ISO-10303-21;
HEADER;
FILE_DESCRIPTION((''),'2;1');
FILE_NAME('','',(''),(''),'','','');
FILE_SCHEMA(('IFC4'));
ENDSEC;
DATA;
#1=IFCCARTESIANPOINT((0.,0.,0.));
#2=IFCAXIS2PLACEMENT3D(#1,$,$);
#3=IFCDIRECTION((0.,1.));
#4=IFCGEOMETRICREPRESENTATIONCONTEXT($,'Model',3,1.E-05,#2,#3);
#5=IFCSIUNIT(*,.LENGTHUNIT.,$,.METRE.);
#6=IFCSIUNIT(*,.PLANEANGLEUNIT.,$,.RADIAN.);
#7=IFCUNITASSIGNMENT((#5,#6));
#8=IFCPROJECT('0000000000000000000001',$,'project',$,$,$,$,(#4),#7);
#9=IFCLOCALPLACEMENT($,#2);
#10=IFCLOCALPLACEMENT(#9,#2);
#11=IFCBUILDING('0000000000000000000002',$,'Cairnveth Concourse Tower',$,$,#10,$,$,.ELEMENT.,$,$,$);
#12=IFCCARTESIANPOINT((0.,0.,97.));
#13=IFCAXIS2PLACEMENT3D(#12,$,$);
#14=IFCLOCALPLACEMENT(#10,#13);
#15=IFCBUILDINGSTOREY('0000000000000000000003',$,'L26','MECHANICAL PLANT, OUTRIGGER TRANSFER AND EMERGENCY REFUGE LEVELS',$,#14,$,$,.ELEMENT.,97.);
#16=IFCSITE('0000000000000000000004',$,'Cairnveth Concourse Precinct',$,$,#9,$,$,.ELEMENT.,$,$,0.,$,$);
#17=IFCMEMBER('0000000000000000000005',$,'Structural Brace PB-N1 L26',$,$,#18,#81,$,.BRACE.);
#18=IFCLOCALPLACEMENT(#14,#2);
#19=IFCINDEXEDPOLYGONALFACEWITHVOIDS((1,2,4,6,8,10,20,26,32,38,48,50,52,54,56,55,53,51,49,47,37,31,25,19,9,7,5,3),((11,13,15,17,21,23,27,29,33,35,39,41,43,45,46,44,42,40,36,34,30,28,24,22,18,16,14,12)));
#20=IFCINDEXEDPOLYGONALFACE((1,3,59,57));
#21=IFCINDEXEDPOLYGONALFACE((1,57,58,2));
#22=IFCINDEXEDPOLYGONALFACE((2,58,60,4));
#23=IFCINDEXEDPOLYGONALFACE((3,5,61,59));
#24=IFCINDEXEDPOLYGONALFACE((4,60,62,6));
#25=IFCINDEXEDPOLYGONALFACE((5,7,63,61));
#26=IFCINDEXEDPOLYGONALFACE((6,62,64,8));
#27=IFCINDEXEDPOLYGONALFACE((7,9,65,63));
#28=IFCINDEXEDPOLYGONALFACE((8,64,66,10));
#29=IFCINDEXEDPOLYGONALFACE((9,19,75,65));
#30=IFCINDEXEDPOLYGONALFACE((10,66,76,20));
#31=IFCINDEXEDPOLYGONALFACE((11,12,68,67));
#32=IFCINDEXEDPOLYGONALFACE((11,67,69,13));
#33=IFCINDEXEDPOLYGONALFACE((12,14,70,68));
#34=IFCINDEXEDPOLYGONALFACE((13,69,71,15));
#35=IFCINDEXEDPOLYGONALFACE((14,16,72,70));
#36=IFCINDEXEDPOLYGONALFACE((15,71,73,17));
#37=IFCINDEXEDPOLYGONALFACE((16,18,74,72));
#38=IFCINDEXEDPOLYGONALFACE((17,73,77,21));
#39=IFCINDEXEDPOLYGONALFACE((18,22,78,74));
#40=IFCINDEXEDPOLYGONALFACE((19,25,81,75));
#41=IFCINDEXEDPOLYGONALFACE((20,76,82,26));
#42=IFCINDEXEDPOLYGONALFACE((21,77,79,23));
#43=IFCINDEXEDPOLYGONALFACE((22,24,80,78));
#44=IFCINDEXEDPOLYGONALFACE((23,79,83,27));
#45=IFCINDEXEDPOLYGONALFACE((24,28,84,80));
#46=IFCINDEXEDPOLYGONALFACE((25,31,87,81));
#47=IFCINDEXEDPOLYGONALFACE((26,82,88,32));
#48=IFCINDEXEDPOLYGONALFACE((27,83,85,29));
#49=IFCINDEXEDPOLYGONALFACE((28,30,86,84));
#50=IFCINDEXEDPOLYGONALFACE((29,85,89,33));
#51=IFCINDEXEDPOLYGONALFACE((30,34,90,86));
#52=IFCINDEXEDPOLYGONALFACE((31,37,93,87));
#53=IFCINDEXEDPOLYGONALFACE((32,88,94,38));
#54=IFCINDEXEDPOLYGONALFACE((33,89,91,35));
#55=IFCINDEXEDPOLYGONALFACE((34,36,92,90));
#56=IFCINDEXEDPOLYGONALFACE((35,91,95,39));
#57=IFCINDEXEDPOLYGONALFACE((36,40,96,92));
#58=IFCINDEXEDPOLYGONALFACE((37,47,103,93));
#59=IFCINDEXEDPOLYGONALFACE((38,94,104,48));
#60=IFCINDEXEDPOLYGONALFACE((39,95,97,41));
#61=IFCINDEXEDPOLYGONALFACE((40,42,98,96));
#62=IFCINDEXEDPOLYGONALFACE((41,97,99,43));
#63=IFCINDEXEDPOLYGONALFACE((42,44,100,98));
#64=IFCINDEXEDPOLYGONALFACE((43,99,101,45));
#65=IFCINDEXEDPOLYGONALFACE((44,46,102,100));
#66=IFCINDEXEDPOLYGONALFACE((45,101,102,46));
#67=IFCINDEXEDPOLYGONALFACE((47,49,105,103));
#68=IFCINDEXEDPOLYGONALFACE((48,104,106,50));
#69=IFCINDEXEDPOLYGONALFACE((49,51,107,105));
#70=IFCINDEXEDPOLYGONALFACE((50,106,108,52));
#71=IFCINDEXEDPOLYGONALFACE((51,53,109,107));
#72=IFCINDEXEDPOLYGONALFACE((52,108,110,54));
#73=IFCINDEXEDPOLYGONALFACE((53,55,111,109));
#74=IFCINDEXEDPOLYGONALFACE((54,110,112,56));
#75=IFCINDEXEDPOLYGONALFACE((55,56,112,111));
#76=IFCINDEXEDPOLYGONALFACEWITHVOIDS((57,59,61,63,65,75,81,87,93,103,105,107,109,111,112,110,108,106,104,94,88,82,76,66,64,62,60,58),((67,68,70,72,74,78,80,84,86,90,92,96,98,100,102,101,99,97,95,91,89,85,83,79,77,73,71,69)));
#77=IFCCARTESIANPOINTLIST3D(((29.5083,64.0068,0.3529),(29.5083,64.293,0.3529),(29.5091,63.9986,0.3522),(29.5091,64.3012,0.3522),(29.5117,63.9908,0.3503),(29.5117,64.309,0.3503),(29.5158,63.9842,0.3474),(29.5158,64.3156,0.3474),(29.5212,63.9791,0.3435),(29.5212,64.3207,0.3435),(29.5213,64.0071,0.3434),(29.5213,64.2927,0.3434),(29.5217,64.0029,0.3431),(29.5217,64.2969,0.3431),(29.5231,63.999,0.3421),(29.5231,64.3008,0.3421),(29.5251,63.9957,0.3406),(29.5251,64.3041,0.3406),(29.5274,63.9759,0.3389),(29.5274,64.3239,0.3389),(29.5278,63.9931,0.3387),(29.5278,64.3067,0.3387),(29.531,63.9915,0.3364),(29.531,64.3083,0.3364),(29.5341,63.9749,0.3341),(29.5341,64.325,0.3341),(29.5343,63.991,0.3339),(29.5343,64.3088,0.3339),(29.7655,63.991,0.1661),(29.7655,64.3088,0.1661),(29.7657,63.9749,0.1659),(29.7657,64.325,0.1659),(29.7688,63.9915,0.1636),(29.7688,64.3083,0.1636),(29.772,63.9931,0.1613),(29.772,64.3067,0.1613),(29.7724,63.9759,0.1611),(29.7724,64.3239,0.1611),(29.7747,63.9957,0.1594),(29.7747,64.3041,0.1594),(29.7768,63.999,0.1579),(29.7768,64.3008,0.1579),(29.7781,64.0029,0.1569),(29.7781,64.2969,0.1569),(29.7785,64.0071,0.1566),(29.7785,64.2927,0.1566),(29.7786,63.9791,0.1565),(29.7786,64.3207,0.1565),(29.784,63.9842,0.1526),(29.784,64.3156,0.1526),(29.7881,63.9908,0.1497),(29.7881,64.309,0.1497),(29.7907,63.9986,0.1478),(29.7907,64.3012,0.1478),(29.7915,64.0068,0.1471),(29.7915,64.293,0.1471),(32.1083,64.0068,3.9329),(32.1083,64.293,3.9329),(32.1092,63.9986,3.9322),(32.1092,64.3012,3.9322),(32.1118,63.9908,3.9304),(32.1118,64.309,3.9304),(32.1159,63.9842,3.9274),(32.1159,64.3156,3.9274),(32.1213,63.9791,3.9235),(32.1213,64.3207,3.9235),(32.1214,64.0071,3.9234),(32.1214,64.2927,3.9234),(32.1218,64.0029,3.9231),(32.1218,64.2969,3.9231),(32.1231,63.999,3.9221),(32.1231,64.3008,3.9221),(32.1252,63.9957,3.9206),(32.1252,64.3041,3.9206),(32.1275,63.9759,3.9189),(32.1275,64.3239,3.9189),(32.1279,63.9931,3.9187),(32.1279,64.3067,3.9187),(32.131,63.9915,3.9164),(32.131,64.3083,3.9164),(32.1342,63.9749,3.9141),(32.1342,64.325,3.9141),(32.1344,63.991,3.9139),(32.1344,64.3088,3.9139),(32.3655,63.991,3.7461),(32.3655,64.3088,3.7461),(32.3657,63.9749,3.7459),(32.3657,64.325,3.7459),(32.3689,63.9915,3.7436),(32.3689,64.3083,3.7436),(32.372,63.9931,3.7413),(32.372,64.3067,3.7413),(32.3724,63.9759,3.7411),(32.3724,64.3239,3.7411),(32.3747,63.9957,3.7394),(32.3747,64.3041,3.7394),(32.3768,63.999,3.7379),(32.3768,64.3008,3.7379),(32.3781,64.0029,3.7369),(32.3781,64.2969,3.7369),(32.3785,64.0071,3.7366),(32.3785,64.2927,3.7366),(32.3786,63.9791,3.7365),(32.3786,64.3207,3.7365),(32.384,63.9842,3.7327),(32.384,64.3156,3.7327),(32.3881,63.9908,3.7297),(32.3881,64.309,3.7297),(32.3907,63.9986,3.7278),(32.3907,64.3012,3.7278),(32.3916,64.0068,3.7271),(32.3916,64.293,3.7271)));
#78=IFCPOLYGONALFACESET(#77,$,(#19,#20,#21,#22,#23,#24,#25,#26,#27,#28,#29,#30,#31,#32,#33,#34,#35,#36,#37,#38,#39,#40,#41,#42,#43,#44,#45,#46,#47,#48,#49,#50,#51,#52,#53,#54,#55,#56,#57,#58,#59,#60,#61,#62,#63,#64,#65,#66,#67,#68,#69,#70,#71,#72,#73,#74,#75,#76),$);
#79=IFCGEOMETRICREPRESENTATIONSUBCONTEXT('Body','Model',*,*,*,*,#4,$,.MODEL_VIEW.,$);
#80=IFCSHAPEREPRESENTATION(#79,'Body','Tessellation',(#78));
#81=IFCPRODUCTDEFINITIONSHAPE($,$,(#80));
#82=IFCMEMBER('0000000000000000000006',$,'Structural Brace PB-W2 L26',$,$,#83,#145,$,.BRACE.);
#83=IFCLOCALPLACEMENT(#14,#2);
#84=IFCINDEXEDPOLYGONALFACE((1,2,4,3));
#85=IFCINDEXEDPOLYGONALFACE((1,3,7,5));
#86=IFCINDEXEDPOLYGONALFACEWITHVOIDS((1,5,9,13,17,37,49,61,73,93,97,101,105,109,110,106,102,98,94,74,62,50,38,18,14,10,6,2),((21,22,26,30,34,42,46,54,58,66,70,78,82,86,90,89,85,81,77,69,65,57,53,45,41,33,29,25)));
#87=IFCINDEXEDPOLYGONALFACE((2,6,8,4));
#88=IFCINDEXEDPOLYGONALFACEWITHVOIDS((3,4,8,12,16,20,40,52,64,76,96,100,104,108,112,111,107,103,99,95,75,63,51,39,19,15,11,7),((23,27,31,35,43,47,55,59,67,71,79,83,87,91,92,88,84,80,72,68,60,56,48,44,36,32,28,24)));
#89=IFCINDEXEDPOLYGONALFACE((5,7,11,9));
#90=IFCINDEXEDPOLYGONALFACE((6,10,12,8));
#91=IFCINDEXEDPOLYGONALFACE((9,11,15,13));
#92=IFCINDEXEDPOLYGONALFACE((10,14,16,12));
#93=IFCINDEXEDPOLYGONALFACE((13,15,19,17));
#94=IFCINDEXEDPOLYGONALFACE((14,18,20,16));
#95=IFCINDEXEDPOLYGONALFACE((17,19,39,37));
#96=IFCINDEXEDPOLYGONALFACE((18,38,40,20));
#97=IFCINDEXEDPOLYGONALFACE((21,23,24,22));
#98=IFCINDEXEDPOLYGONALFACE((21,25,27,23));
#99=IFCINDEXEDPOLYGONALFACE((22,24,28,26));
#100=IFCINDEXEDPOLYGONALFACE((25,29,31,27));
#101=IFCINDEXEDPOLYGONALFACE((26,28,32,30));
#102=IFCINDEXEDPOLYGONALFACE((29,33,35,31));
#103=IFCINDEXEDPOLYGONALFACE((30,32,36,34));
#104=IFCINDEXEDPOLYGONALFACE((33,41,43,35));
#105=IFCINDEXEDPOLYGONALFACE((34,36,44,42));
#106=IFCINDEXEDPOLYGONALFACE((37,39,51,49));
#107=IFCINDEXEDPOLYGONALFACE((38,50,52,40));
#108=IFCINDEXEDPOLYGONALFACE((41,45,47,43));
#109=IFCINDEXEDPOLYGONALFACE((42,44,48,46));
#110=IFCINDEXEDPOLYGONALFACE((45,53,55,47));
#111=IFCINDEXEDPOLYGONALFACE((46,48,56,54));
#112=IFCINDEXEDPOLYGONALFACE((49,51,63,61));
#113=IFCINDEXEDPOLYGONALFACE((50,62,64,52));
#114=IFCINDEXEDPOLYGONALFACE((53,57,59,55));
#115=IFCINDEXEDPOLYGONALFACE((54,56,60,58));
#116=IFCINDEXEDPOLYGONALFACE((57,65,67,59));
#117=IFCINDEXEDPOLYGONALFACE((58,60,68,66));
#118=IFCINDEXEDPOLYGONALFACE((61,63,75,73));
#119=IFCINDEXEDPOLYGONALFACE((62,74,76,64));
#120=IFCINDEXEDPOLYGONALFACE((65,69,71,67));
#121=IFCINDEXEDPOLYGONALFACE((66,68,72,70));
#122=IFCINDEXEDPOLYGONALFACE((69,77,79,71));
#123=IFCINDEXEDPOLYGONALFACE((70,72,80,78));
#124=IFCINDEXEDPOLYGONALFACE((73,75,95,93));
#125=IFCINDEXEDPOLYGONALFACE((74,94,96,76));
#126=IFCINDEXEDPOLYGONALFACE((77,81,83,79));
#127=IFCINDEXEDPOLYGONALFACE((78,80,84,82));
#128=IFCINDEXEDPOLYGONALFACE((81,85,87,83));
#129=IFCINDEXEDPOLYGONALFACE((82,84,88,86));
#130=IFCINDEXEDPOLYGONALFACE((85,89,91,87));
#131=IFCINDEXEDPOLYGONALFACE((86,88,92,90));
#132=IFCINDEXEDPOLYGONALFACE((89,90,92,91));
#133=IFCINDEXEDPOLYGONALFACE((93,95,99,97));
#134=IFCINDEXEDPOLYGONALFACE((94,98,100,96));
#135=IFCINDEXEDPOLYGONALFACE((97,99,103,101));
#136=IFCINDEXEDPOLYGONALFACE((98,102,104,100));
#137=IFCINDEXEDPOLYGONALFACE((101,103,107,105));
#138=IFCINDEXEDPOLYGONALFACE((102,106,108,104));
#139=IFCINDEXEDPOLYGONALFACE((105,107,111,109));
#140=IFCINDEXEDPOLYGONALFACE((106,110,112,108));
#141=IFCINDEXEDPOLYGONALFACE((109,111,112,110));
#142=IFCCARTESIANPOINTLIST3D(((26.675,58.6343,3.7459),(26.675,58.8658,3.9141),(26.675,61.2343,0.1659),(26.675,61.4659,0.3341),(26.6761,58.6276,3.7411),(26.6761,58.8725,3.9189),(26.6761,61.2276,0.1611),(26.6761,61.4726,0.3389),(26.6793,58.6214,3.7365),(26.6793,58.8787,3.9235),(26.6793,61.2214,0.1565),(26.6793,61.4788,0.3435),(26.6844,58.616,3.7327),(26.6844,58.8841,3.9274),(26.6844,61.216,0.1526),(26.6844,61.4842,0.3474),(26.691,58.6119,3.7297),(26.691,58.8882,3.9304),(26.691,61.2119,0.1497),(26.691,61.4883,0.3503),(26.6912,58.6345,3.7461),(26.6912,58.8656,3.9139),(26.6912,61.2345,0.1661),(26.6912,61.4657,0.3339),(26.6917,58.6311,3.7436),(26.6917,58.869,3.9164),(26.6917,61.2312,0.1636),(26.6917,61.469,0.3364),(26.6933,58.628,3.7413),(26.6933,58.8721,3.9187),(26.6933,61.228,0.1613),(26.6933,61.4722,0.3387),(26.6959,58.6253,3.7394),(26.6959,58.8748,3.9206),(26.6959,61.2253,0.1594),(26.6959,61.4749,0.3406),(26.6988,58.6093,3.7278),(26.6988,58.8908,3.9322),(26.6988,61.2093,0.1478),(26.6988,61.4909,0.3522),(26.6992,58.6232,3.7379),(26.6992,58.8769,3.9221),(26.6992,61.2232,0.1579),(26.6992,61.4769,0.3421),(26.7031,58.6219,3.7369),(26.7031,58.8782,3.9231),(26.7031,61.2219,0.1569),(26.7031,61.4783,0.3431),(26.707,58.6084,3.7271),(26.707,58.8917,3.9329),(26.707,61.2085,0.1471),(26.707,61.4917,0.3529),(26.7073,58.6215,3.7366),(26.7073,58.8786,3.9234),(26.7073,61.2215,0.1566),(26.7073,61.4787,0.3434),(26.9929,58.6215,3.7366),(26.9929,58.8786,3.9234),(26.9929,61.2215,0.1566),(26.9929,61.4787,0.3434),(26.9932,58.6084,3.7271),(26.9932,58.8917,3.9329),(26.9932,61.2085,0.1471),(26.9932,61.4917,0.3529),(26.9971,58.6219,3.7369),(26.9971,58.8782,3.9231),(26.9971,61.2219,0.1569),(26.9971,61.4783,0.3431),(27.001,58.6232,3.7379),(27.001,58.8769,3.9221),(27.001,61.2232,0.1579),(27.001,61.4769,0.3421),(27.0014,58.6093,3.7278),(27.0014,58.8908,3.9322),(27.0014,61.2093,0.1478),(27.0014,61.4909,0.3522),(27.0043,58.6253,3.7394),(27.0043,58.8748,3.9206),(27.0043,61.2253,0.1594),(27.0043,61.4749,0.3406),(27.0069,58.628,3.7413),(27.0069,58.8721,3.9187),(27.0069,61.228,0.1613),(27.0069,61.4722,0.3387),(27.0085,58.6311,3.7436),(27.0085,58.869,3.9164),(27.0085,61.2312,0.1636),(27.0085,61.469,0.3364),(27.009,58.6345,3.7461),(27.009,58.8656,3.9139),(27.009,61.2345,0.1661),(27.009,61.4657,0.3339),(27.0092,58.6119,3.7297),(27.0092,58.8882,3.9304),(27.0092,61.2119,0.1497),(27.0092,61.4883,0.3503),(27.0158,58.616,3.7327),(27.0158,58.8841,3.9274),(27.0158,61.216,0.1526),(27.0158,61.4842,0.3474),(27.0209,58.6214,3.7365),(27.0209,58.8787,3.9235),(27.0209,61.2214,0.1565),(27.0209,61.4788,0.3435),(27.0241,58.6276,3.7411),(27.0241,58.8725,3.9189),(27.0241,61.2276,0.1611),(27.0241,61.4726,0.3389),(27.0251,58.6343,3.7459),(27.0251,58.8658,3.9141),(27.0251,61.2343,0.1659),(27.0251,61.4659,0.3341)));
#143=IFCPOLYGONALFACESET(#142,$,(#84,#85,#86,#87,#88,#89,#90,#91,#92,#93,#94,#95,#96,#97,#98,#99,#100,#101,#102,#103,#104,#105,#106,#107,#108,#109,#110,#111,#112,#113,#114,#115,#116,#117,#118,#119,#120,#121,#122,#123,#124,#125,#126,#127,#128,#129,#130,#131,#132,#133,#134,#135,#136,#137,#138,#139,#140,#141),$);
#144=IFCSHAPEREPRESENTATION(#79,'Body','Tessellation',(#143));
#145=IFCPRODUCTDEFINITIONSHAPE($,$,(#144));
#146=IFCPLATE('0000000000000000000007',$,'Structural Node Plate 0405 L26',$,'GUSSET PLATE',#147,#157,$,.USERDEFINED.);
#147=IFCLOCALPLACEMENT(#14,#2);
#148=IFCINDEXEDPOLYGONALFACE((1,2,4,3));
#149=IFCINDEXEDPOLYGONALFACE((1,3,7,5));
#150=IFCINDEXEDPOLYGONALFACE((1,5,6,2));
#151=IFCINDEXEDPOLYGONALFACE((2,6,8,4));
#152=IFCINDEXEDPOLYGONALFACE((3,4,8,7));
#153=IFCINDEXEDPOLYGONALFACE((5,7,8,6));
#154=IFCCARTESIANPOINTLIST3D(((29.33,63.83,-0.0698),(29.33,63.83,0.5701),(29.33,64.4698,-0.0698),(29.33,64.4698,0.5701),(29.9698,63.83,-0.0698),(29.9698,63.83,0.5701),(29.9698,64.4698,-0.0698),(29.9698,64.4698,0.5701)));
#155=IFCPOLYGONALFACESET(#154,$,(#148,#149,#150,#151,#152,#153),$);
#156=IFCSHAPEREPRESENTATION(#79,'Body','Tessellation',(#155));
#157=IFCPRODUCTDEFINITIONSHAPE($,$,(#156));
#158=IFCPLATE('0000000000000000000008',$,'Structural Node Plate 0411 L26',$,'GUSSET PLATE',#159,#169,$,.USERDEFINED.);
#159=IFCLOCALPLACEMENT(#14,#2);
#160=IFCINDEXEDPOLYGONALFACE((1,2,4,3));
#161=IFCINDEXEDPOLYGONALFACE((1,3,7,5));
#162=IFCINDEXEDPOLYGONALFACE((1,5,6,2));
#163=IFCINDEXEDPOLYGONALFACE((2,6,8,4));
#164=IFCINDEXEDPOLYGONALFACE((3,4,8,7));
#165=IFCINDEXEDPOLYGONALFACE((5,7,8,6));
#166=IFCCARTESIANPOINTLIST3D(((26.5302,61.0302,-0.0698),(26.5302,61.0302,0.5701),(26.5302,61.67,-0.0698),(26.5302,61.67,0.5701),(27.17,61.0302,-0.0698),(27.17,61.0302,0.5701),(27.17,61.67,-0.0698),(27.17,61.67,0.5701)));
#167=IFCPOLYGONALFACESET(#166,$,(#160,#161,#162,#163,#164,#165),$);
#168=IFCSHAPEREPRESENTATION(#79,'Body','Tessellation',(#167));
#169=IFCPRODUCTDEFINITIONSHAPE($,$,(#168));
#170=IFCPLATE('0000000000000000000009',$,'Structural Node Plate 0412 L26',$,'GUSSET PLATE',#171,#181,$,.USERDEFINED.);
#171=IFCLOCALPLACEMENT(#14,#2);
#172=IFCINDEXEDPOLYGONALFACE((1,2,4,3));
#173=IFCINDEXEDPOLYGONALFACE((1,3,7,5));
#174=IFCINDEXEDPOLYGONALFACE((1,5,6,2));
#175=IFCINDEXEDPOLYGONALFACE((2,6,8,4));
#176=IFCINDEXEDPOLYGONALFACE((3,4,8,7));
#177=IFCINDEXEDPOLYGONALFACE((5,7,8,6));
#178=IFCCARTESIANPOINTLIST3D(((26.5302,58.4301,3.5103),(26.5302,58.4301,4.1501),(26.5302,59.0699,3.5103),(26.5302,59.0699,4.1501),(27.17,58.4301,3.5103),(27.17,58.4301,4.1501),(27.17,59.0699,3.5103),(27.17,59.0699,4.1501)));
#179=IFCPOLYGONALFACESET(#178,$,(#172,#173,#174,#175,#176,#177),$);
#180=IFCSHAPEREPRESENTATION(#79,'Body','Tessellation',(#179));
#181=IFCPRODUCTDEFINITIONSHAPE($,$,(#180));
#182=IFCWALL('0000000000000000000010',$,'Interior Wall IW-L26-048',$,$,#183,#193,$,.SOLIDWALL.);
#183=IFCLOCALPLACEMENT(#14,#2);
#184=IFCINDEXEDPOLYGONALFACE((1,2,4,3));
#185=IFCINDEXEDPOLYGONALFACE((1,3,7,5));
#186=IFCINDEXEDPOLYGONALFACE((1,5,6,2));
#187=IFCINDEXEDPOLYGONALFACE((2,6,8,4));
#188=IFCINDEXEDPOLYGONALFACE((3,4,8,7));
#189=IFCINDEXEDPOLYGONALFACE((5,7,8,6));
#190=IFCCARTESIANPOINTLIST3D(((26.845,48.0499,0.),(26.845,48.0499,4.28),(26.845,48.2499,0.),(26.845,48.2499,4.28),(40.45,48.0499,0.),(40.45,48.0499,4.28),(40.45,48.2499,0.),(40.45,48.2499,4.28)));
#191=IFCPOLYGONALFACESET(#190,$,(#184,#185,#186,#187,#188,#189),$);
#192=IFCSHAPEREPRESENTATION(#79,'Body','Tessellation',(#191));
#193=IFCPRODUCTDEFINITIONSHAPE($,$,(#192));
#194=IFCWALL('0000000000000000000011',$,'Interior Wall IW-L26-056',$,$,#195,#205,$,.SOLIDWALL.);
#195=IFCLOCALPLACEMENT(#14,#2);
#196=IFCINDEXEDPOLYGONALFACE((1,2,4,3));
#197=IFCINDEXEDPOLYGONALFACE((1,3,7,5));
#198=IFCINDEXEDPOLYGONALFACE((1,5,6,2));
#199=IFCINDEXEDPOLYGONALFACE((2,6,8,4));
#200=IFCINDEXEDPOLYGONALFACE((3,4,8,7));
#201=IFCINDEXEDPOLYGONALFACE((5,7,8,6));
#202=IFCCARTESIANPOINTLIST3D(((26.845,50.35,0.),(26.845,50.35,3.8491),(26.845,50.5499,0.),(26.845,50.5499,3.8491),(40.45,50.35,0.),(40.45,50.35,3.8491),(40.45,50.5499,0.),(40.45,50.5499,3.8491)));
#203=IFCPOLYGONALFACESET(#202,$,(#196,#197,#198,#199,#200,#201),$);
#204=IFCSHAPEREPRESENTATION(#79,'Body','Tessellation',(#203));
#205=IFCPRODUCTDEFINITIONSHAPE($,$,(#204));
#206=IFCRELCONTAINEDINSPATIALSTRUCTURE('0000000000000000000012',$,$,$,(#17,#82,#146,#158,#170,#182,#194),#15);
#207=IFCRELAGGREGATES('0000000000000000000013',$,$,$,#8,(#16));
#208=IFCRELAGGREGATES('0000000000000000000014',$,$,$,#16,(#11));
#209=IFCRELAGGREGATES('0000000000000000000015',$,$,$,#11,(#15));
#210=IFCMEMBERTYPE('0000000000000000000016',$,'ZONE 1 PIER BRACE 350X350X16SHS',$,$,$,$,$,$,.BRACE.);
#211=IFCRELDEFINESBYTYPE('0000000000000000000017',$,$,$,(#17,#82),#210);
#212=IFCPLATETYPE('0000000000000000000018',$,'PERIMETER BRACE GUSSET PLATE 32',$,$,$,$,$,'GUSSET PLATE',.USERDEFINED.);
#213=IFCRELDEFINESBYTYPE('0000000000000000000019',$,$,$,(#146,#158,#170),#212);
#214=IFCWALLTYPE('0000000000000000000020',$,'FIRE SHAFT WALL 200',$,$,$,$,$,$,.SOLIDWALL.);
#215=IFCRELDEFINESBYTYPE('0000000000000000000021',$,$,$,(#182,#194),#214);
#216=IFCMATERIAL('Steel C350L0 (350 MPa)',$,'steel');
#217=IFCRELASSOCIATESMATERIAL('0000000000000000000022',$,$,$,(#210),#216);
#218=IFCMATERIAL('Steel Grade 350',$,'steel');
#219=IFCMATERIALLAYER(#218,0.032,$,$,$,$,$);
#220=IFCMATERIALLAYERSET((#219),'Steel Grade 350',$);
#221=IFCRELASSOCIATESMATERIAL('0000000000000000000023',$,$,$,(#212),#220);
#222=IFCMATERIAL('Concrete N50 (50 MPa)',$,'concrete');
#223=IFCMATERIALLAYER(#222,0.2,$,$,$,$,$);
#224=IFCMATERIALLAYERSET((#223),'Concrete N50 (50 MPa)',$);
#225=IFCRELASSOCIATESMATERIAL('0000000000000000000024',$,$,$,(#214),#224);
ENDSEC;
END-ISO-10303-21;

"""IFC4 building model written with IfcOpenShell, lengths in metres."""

from ifc_helpers import new_model, si_unit, direction, frame, frame_2d, origin, origin_2d, place, context, subcontext, project, spatial, rectangle, hollow_rectangle, extrude, material, layer, layer_set, material_profile, profile_set, type_object, element, save


model = new_model("IFC4")

# Units and contexts
model_context = context("Model", 3, precision=1e-05, world=origin(), true_north=direction((0.0, 1.0)))
body_context = subcontext(model_context, "Body", "Model", "MODEL_VIEW")
ifc_project = project(units=[si_unit("LENGTHUNIT", "METRE"), si_unit("PLANEANGLEUNIT", "RADIAN")], contexts=[model_context])

# Site, building, storey
site_placement = place(None, origin())
site = spatial("IfcSite", under=ifc_project, at=site_placement, Name="Cairnveth Concourse Precinct", CompositionType="ELEMENT", RefElevation=0.0)
building_placement = place(site_placement, origin())
building = spatial("IfcBuilding", under=site, at=building_placement, Name="Cairnveth Concourse Tower", CompositionType="ELEMENT")
storey_placement = place(building_placement, frame((0.0, 0.0, 97.0)))
storey = spatial("IfcBuildingStorey", under=building, at=storey_placement, Name="L26", Description="MECHANICAL PLANT, OUTRIGGER TRANSFER AND EMERGENCY REFUGE LEVELS", CompositionType="ELEMENT", Elevation=97.0)

# Shared definitions
ifc_material_1 = material(Name="Steel Grade 350", Category="steel")

# Members
ifc_material_2 = material(Name="Steel C350L0 (350 MPa)", Category="steel")
ifc_material_profile_1 = material_profile(ifc_material_2, hollow_rectangle(XDim=0.3501, YDim=0.3501, WallThickness=0.0161, InnerFilletRadius=0.0161, OuterFilletRadius=0.032, at=origin_2d()), Name="350x350x16.0SHS")
ifc_profile_set_1 = profile_set([ifc_material_profile_1], Name="Steel C350L0 (350 MPa)")
member_type = type_object("IfcMemberType", Name="ZONE 1 PIER BRACE 350X350X16SHS", PredefinedType="BRACE", material=ifc_profile_set_1)
for number, where, z_axis, x_axis, name in (
    (1, (29.6499, 64.1499, 0.25), (0.58764, 0.0, 0.809122), (0.0, 1.0, 0.0), "Structural Brace PB-N1 L26"),
    (2, (26.8501, 61.3501, 0.25), (0.0, -0.58764, 0.809122), (1.0, 0.0, 0.0), "Structural Brace PB-W2 L26"),
):
    element("IfcMember", number, at=place(storey_placement, frame(where, z_axis=z_axis, x_axis=x_axis)), inside=storey, type_object=member_type, Name=name, PredefinedType="BRACE", context=body_context, shape_type="SweptSolid", body=[
        extrude(hollow_rectangle(XDim=0.3501, YDim=0.3501, WallThickness=0.0161, InnerFilletRadius=0.0161, OuterFilletRadius=0.032, at=origin_2d()), origin(), (0.0, 0.0, 1.0), 4.4246),
    ])

# Plates
ifc_layer_1 = layer(ifc_material_1, 0.032)
ifc_layer_set_1 = layer_set([ifc_layer_1], Name="Steel Grade 350")
plate_type = type_object("IfcPlateType", Name="PERIMETER BRACE GUSSET PLATE 32", ElementType="GUSSET PLATE", PredefinedType="USERDEFINED", material=ifc_layer_set_1)
for number, where, z_axis, x_axis, name in (
    (3, (29.6499, 64.1499, -0.0698), (0.0, 0.0, 1.0), (1.0, 0.0, 0.0), "Structural Node Plate 0405 L26"),
    (4, (26.8501, 61.3501, -0.0698), (0.0, 0.0, 1.0), (1.0, 0.0, 0.0), "Structural Node Plate 0411 L26"),
    (5, (26.8501, 58.75, 3.5103), (0.0, 0.0, 1.0), (1.0, 0.0, 0.0), "Structural Node Plate 0412 L26"),
):
    element("IfcPlate", number, at=place(storey_placement, frame(where, z_axis=z_axis, x_axis=x_axis)), inside=storey, type_object=plate_type, Name=name, ObjectType="GUSSET PLATE", PredefinedType="USERDEFINED", context=body_context, shape_type="SweptSolid", body=[
        extrude(rectangle(XDim=0.6399, YDim=0.6399, at=origin_2d()), origin(), (0.0, 0.0, 1.0), 0.6399),
    ])

# Walls
ifc_material_3 = material(Name="Concrete N50 (50 MPa)", Category="concrete")
ifc_layer_2 = layer(ifc_material_3, 0.2)
ifc_layer_set_2 = layer_set([ifc_layer_2], Name="Concrete N50 (50 MPa)")
wall_type_1 = type_object("IfcWallType", Name="FIRE SHAFT WALL 200", PredefinedType="SOLIDWALL", material=ifc_layer_set_2)
wall_1_placement = place(storey_placement, frame((26.845, 48.1499, 0.0), z_axis=(0.0, 0.0, 1.0), x_axis=(1.0, 0.0, 0.0)))
element("IfcWall", 6, at=wall_1_placement, inside=storey, type_object=wall_type_1, Name="Interior Wall IW-L26-048", PredefinedType="SOLIDWALL", context=body_context, shape_type="SweptSolid", body=[
    extrude(rectangle(XDim=13.605, YDim=0.2, at=frame_2d((6.8025, 0.0))), origin(), (0.0, 0.0, 1.0), 4.28),
])
wall_2_placement = place(storey_placement, frame((26.845, 50.45, 0.0), z_axis=(0.0, 0.0, 1.0), x_axis=(1.0, 0.0, 0.0)))
element("IfcWall", 7, at=wall_2_placement, inside=storey, type_object=wall_type_1, Name="Interior Wall IW-L26-056", PredefinedType="SOLIDWALL", context=body_context, shape_type="SweptSolid", body=[
    extrude(rectangle(XDim=13.605, YDim=0.2, at=frame_2d((6.8025, 0.0))), origin(), (0.0, 0.0, 1.0), 3.8491),
])

save(model, "model.ifc")
